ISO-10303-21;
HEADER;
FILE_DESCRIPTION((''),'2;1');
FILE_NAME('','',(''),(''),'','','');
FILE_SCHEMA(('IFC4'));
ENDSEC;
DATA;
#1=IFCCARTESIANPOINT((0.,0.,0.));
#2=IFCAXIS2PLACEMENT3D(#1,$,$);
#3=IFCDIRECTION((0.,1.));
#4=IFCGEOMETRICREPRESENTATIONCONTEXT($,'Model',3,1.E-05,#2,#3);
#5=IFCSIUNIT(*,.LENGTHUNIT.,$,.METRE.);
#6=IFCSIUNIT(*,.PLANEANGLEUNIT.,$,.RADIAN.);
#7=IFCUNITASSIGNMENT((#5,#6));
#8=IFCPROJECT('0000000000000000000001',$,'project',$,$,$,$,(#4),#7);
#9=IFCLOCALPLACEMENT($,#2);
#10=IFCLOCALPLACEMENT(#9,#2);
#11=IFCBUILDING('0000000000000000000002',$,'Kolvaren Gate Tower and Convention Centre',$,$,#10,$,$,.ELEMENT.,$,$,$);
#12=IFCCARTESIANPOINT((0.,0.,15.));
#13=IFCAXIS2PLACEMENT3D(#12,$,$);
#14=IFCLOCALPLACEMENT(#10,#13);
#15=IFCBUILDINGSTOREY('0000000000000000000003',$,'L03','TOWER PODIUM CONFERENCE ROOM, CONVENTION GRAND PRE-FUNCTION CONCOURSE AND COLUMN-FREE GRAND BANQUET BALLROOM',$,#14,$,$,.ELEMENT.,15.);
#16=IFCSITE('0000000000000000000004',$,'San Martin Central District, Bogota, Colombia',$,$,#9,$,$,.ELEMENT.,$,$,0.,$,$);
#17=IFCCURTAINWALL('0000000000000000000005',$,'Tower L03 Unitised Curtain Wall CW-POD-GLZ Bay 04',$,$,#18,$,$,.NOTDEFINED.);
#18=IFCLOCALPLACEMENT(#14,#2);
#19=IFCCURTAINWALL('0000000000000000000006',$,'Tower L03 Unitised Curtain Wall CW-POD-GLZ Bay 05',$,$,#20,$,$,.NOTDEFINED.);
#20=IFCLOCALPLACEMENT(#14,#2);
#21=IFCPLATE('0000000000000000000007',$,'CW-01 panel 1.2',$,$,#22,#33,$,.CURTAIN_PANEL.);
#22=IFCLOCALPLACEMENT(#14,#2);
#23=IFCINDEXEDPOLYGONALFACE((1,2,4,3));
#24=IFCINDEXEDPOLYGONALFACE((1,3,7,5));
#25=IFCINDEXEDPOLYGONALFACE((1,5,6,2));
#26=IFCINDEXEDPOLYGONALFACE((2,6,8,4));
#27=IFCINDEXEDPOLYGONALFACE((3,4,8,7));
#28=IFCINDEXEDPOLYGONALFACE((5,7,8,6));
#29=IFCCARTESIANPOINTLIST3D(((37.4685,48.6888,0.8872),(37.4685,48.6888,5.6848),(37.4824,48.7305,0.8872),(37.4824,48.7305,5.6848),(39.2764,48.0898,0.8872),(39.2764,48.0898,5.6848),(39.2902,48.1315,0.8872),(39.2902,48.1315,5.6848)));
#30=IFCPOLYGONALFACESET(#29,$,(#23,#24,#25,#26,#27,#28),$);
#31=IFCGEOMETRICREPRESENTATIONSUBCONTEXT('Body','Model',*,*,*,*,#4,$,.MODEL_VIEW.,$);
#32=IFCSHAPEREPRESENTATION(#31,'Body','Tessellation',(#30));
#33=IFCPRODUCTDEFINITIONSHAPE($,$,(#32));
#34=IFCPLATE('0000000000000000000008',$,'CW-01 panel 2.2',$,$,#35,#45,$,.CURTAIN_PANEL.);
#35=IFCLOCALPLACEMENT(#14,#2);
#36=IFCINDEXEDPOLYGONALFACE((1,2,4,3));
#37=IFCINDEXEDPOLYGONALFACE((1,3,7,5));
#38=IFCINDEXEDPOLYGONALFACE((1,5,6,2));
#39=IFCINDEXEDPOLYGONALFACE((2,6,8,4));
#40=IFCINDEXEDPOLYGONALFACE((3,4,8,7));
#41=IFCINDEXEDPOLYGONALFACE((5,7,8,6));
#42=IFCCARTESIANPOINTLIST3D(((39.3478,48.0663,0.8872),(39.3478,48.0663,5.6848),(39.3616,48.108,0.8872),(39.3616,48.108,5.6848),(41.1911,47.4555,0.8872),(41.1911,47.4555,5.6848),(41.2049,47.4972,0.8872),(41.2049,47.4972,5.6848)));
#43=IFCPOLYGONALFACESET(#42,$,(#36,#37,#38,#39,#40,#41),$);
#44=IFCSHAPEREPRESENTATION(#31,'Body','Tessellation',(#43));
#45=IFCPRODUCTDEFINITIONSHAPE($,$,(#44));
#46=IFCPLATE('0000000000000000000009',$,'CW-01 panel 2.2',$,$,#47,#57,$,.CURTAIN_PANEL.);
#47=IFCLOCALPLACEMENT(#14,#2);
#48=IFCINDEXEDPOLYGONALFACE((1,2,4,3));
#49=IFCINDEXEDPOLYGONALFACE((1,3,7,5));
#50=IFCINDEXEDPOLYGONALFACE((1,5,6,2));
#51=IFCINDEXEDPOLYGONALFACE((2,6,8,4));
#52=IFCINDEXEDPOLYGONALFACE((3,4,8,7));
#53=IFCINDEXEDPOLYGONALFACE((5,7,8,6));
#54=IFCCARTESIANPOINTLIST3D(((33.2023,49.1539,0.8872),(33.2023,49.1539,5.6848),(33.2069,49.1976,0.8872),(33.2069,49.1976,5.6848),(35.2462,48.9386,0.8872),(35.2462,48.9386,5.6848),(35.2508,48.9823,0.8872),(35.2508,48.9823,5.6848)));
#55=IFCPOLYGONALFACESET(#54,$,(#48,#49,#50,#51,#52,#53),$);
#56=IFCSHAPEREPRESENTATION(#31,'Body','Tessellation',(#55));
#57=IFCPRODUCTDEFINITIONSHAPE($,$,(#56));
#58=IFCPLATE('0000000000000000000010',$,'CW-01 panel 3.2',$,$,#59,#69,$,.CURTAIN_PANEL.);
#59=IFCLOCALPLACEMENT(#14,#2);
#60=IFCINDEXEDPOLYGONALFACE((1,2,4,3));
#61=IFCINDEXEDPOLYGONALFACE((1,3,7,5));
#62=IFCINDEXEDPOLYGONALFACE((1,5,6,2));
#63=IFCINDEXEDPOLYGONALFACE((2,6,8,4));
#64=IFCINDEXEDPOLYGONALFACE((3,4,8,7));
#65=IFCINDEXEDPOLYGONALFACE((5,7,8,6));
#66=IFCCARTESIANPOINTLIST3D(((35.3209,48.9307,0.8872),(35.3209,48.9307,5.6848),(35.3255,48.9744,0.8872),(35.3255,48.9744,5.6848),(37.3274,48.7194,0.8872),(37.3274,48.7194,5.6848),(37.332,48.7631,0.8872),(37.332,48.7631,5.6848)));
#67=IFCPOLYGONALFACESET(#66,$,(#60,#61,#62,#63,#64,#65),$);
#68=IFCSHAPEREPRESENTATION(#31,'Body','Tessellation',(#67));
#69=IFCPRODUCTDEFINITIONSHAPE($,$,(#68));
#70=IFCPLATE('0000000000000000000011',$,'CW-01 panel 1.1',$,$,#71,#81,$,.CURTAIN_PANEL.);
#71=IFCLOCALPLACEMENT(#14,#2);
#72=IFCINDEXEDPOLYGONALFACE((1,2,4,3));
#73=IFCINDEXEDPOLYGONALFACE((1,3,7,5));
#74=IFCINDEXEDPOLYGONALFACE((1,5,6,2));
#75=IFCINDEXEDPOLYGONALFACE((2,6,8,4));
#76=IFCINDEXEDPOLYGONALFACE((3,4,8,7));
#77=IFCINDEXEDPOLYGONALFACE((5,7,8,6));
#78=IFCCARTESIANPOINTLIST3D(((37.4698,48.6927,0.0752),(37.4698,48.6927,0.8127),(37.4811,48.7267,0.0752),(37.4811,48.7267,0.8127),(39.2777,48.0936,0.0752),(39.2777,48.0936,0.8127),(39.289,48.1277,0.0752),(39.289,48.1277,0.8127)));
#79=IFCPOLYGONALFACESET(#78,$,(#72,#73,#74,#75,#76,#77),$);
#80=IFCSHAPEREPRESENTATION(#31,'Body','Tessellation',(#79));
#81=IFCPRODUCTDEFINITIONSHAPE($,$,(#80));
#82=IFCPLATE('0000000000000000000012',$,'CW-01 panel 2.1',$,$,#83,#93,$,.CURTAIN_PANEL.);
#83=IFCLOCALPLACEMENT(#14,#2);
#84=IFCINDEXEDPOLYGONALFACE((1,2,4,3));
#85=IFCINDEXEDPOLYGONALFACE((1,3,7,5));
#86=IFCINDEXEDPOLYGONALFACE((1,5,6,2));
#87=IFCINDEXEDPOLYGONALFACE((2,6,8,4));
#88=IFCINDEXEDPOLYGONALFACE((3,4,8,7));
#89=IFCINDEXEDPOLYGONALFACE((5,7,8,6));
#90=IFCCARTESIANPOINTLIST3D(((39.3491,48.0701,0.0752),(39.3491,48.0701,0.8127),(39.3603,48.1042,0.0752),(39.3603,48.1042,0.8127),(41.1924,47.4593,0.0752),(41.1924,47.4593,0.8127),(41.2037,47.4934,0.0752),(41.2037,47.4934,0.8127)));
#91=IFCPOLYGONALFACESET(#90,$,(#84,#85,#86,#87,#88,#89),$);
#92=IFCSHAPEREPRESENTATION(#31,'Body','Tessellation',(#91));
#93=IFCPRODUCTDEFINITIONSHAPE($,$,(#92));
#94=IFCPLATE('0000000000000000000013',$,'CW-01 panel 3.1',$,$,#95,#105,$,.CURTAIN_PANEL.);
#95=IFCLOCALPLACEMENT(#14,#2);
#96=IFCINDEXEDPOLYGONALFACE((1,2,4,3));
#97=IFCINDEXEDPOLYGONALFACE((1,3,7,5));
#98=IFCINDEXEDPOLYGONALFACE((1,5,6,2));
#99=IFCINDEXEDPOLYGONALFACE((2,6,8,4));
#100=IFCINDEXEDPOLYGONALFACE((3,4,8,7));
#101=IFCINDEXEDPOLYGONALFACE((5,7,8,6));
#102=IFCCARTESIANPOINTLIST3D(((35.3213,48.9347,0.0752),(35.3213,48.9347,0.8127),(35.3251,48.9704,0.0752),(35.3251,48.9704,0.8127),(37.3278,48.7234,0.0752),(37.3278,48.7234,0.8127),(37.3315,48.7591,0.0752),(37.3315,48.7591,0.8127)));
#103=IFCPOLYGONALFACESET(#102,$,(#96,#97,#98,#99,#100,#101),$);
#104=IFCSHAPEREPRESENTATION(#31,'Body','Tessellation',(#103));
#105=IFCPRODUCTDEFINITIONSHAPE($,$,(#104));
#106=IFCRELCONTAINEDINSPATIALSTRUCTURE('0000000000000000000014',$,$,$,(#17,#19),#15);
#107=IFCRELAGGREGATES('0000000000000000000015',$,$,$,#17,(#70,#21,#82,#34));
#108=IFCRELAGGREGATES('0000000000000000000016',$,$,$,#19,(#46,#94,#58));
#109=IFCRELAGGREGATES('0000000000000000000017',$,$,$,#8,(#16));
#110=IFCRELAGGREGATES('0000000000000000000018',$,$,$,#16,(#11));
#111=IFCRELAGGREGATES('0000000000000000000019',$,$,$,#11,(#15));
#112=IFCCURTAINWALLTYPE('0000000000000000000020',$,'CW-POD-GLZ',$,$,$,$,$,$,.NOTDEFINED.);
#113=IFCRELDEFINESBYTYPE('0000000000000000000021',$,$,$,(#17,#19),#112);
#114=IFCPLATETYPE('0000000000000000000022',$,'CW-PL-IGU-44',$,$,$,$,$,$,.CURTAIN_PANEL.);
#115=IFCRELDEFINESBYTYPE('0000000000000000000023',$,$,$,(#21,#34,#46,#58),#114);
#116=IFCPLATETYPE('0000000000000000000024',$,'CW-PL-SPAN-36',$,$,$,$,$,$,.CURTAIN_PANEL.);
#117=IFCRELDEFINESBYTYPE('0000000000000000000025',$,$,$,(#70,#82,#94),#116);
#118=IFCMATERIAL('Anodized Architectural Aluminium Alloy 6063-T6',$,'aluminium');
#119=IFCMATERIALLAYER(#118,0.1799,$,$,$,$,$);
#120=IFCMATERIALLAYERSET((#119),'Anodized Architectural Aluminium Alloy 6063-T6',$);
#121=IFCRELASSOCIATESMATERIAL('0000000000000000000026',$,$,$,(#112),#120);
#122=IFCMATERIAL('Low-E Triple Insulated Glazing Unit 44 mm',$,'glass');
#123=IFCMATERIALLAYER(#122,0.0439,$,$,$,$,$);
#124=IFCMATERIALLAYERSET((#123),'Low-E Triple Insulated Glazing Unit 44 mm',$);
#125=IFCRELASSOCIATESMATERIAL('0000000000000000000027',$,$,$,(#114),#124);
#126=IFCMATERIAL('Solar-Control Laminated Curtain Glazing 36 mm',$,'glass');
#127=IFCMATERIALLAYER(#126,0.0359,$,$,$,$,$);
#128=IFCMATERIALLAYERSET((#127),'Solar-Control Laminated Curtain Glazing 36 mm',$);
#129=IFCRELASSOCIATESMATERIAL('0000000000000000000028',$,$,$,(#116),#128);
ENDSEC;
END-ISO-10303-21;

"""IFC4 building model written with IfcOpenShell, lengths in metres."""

from ifc_helpers import new_model, si_unit, direction, frame, origin, origin_2d, place, context, subcontext, project, spatial, rectangle, extrude, material, layer, layer_set, type_object, element, aggregate, save


model = new_model("IFC4")

# Units and contexts
model_context = context("Model", 3, precision=1e-05, world=origin(), true_north=direction((0.0, 1.0)))
body_context = subcontext(model_context, "Body", "Model", "MODEL_VIEW")
ifc_project = project(units=[si_unit("LENGTHUNIT", "METRE"), si_unit("PLANEANGLEUNIT", "RADIAN")], contexts=[model_context])

# Site, building, storey
site_placement = place(None, origin())
site = spatial("IfcSite", under=ifc_project, at=site_placement, Name="San Martin Central District, Bogota, Colombia", CompositionType="ELEMENT", RefElevation=0.0)
building_placement = place(site_placement, origin())
building = spatial("IfcBuilding", under=site, at=building_placement, Name="Kolvaren Gate Tower and Convention Centre", CompositionType="ELEMENT")
storey_placement = place(building_placement, frame((0.0, 0.0, 15.0)))
storey = spatial("IfcBuildingStorey", under=building, at=storey_placement, Name="L03", Description="TOWER PODIUM CONFERENCE ROOM, CONVENTION GRAND PRE-FUNCTION CONCOURSE AND COLUMN-FREE GRAND BANQUET BALLROOM", CompositionType="ELEMENT", Elevation=15.0)

# Curtain walls
ifc_material_1 = material(Name="Anodized Architectural Aluminium Alloy 6063-T6", Category="aluminium")
ifc_layer_1 = layer(ifc_material_1, 0.1799)
ifc_layer_set_1 = layer_set([ifc_layer_1], Name="Anodized Architectural Aluminium Alloy 6063-T6")
curtain_wall_type = type_object("IfcCurtainWallType", Name="CW-POD-GLZ", PredefinedType="NOTDEFINED", material=ifc_layer_set_1)
curtain_wall_1_placement = place(storey_placement, origin())
curtain_wall_1 = element("IfcCurtainWall", 1, at=curtain_wall_1_placement, inside=storey, type_object=curtain_wall_type, Name="Tower L03 Unitised Curtain Wall CW-POD-GLZ Bay 04", PredefinedType="NOTDEFINED")
curtain_wall_2_placement = place(storey_placement, origin())
curtain_wall_2 = element("IfcCurtainWall", 2, at=curtain_wall_2_placement, inside=storey, type_object=curtain_wall_type, Name="Tower L03 Unitised Curtain Wall CW-POD-GLZ Bay 05", PredefinedType="NOTDEFINED")

# Plates
ifc_material_2 = material(Name="Low-E Triple Insulated Glazing Unit 44 mm", Category="glass")
ifc_layer_2 = layer(ifc_material_2, 0.0439)
ifc_layer_set_2 = layer_set([ifc_layer_2], Name="Low-E Triple Insulated Glazing Unit 44 mm")
plate_type_1 = type_object("IfcPlateType", Name="CW-PL-IGU-44", PredefinedType="CURTAIN_PANEL", material=ifc_layer_set_2)
plate_1_placement = place(storey_placement, frame((38.3794, 48.4102, 0.8872), z_axis=(0.0, 0.0, 1.0), x_axis=(0.949244, -0.314542, 0.0)))
plate_1 = element("IfcPlate", 3, at=plate_1_placement, type_object=plate_type_1, Name="CW-01 panel 1.2", PredefinedType="CURTAIN_PANEL", context=body_context, shape_type="SweptSolid", body=[
    extrude(rectangle(XDim=1.9045, YDim=0.0439, at=origin_2d()), origin(), (0.0, 0.0, 1.0), 4.7976),
])
plate_2_placement = place(storey_placement, frame((40.2764, 47.7817, 0.8872), z_axis=(0.0, 0.0, 1.0), x_axis=(0.949244, -0.314542, 0.0)))
plate_2 = element("IfcPlate", 4, at=plate_2_placement, type_object=plate_type_1, Name="CW-01 panel 2.2", PredefinedType="CURTAIN_PANEL", context=body_context, shape_type="SweptSolid", body=[
    extrude(rectangle(XDim=1.9419, YDim=0.0439, at=origin_2d()), origin(), (0.0, 0.0, 1.0), 4.7976),
])
plate_3_placement = place(storey_placement, frame((34.2266, 49.0681, 0.8872), z_axis=(0.0, 0.0, 1.0), x_axis=(0.994499, -0.104748, 0.0)))
plate_3 = element("IfcPlate", 5, at=plate_3_placement, type_object=plate_type_1, Name="CW-01 panel 2.2", PredefinedType="CURTAIN_PANEL", context=body_context, shape_type="SweptSolid", body=[
    extrude(rectangle(XDim=2.0552, YDim=0.0439, at=origin_2d()), origin(), (0.0, 0.0, 1.0), 4.7976),
])
plate_4_placement = place(storey_placement, frame((36.3264, 48.8469, 0.8872), z_axis=(0.0, 0.0, 1.0), x_axis=(0.994499, -0.104748, 0.0)))
plate_4 = element("IfcPlate", 6, at=plate_4_placement, type_object=plate_type_1, Name="CW-01 panel 3.2", PredefinedType="CURTAIN_PANEL", context=body_context, shape_type="SweptSolid", body=[
    extrude(rectangle(XDim=2.0176, YDim=0.0439, at=origin_2d()), origin(), (0.0, 0.0, 1.0), 4.7976),
])
ifc_material_3 = material(Name="Solar-Control Laminated Curtain Glazing 36 mm", Category="glass")
ifc_layer_3 = layer(ifc_material_3, 0.0359)
ifc_layer_set_3 = layer_set([ifc_layer_3], Name="Solar-Control Laminated Curtain Glazing 36 mm")
plate_type_2 = type_object("IfcPlateType", Name="CW-PL-SPAN-36", PredefinedType="CURTAIN_PANEL", material=ifc_layer_set_3)
plate_5_placement = place(storey_placement, frame((38.3794, 48.4102, 0.0752), z_axis=(0.0, 0.0, 1.0), x_axis=(0.949244, -0.314542, 0.0)))
plate_5 = element("IfcPlate", 7, at=plate_5_placement, type_object=plate_type_2, Name="CW-01 panel 1.1", PredefinedType="CURTAIN_PANEL", context=body_context, shape_type="SweptSolid", body=[
    extrude(rectangle(XDim=1.9045, YDim=0.0359, at=origin_2d()), origin(), (0.0, 0.0, 1.0), 0.7375),
])
plate_6_placement = place(storey_placement, frame((40.2764, 47.7817, 0.0752), z_axis=(0.0, 0.0, 1.0), x_axis=(0.949244, -0.314542, 0.0)))
plate_6 = element("IfcPlate", 8, at=plate_6_placement, type_object=plate_type_2, Name="CW-01 panel 2.1", PredefinedType="CURTAIN_PANEL", context=body_context, shape_type="SweptSolid", body=[
    extrude(rectangle(XDim=1.9419, YDim=0.0359, at=origin_2d()), origin(), (0.0, 0.0, 1.0), 0.7375),
])
aggregate(curtain_wall_1, [plate_5, plate_1, plate_6, plate_2])
plate_7_placement = place(storey_placement, frame((36.3264, 48.8469, 0.0752), z_axis=(0.0, 0.0, 1.0), x_axis=(0.994499, -0.104748, 0.0)))
plate_7 = element("IfcPlate", 9, at=plate_7_placement, type_object=plate_type_2, Name="CW-01 panel 3.1", PredefinedType="CURTAIN_PANEL", context=body_context, shape_type="SweptSolid", body=[
    extrude(rectangle(XDim=2.0176, YDim=0.0359, at=origin_2d()), origin(), (0.0, 0.0, 1.0), 0.7375),
])
aggregate(curtain_wall_2, [plate_3, plate_7, plate_4])

save(model, "model.ifc")
